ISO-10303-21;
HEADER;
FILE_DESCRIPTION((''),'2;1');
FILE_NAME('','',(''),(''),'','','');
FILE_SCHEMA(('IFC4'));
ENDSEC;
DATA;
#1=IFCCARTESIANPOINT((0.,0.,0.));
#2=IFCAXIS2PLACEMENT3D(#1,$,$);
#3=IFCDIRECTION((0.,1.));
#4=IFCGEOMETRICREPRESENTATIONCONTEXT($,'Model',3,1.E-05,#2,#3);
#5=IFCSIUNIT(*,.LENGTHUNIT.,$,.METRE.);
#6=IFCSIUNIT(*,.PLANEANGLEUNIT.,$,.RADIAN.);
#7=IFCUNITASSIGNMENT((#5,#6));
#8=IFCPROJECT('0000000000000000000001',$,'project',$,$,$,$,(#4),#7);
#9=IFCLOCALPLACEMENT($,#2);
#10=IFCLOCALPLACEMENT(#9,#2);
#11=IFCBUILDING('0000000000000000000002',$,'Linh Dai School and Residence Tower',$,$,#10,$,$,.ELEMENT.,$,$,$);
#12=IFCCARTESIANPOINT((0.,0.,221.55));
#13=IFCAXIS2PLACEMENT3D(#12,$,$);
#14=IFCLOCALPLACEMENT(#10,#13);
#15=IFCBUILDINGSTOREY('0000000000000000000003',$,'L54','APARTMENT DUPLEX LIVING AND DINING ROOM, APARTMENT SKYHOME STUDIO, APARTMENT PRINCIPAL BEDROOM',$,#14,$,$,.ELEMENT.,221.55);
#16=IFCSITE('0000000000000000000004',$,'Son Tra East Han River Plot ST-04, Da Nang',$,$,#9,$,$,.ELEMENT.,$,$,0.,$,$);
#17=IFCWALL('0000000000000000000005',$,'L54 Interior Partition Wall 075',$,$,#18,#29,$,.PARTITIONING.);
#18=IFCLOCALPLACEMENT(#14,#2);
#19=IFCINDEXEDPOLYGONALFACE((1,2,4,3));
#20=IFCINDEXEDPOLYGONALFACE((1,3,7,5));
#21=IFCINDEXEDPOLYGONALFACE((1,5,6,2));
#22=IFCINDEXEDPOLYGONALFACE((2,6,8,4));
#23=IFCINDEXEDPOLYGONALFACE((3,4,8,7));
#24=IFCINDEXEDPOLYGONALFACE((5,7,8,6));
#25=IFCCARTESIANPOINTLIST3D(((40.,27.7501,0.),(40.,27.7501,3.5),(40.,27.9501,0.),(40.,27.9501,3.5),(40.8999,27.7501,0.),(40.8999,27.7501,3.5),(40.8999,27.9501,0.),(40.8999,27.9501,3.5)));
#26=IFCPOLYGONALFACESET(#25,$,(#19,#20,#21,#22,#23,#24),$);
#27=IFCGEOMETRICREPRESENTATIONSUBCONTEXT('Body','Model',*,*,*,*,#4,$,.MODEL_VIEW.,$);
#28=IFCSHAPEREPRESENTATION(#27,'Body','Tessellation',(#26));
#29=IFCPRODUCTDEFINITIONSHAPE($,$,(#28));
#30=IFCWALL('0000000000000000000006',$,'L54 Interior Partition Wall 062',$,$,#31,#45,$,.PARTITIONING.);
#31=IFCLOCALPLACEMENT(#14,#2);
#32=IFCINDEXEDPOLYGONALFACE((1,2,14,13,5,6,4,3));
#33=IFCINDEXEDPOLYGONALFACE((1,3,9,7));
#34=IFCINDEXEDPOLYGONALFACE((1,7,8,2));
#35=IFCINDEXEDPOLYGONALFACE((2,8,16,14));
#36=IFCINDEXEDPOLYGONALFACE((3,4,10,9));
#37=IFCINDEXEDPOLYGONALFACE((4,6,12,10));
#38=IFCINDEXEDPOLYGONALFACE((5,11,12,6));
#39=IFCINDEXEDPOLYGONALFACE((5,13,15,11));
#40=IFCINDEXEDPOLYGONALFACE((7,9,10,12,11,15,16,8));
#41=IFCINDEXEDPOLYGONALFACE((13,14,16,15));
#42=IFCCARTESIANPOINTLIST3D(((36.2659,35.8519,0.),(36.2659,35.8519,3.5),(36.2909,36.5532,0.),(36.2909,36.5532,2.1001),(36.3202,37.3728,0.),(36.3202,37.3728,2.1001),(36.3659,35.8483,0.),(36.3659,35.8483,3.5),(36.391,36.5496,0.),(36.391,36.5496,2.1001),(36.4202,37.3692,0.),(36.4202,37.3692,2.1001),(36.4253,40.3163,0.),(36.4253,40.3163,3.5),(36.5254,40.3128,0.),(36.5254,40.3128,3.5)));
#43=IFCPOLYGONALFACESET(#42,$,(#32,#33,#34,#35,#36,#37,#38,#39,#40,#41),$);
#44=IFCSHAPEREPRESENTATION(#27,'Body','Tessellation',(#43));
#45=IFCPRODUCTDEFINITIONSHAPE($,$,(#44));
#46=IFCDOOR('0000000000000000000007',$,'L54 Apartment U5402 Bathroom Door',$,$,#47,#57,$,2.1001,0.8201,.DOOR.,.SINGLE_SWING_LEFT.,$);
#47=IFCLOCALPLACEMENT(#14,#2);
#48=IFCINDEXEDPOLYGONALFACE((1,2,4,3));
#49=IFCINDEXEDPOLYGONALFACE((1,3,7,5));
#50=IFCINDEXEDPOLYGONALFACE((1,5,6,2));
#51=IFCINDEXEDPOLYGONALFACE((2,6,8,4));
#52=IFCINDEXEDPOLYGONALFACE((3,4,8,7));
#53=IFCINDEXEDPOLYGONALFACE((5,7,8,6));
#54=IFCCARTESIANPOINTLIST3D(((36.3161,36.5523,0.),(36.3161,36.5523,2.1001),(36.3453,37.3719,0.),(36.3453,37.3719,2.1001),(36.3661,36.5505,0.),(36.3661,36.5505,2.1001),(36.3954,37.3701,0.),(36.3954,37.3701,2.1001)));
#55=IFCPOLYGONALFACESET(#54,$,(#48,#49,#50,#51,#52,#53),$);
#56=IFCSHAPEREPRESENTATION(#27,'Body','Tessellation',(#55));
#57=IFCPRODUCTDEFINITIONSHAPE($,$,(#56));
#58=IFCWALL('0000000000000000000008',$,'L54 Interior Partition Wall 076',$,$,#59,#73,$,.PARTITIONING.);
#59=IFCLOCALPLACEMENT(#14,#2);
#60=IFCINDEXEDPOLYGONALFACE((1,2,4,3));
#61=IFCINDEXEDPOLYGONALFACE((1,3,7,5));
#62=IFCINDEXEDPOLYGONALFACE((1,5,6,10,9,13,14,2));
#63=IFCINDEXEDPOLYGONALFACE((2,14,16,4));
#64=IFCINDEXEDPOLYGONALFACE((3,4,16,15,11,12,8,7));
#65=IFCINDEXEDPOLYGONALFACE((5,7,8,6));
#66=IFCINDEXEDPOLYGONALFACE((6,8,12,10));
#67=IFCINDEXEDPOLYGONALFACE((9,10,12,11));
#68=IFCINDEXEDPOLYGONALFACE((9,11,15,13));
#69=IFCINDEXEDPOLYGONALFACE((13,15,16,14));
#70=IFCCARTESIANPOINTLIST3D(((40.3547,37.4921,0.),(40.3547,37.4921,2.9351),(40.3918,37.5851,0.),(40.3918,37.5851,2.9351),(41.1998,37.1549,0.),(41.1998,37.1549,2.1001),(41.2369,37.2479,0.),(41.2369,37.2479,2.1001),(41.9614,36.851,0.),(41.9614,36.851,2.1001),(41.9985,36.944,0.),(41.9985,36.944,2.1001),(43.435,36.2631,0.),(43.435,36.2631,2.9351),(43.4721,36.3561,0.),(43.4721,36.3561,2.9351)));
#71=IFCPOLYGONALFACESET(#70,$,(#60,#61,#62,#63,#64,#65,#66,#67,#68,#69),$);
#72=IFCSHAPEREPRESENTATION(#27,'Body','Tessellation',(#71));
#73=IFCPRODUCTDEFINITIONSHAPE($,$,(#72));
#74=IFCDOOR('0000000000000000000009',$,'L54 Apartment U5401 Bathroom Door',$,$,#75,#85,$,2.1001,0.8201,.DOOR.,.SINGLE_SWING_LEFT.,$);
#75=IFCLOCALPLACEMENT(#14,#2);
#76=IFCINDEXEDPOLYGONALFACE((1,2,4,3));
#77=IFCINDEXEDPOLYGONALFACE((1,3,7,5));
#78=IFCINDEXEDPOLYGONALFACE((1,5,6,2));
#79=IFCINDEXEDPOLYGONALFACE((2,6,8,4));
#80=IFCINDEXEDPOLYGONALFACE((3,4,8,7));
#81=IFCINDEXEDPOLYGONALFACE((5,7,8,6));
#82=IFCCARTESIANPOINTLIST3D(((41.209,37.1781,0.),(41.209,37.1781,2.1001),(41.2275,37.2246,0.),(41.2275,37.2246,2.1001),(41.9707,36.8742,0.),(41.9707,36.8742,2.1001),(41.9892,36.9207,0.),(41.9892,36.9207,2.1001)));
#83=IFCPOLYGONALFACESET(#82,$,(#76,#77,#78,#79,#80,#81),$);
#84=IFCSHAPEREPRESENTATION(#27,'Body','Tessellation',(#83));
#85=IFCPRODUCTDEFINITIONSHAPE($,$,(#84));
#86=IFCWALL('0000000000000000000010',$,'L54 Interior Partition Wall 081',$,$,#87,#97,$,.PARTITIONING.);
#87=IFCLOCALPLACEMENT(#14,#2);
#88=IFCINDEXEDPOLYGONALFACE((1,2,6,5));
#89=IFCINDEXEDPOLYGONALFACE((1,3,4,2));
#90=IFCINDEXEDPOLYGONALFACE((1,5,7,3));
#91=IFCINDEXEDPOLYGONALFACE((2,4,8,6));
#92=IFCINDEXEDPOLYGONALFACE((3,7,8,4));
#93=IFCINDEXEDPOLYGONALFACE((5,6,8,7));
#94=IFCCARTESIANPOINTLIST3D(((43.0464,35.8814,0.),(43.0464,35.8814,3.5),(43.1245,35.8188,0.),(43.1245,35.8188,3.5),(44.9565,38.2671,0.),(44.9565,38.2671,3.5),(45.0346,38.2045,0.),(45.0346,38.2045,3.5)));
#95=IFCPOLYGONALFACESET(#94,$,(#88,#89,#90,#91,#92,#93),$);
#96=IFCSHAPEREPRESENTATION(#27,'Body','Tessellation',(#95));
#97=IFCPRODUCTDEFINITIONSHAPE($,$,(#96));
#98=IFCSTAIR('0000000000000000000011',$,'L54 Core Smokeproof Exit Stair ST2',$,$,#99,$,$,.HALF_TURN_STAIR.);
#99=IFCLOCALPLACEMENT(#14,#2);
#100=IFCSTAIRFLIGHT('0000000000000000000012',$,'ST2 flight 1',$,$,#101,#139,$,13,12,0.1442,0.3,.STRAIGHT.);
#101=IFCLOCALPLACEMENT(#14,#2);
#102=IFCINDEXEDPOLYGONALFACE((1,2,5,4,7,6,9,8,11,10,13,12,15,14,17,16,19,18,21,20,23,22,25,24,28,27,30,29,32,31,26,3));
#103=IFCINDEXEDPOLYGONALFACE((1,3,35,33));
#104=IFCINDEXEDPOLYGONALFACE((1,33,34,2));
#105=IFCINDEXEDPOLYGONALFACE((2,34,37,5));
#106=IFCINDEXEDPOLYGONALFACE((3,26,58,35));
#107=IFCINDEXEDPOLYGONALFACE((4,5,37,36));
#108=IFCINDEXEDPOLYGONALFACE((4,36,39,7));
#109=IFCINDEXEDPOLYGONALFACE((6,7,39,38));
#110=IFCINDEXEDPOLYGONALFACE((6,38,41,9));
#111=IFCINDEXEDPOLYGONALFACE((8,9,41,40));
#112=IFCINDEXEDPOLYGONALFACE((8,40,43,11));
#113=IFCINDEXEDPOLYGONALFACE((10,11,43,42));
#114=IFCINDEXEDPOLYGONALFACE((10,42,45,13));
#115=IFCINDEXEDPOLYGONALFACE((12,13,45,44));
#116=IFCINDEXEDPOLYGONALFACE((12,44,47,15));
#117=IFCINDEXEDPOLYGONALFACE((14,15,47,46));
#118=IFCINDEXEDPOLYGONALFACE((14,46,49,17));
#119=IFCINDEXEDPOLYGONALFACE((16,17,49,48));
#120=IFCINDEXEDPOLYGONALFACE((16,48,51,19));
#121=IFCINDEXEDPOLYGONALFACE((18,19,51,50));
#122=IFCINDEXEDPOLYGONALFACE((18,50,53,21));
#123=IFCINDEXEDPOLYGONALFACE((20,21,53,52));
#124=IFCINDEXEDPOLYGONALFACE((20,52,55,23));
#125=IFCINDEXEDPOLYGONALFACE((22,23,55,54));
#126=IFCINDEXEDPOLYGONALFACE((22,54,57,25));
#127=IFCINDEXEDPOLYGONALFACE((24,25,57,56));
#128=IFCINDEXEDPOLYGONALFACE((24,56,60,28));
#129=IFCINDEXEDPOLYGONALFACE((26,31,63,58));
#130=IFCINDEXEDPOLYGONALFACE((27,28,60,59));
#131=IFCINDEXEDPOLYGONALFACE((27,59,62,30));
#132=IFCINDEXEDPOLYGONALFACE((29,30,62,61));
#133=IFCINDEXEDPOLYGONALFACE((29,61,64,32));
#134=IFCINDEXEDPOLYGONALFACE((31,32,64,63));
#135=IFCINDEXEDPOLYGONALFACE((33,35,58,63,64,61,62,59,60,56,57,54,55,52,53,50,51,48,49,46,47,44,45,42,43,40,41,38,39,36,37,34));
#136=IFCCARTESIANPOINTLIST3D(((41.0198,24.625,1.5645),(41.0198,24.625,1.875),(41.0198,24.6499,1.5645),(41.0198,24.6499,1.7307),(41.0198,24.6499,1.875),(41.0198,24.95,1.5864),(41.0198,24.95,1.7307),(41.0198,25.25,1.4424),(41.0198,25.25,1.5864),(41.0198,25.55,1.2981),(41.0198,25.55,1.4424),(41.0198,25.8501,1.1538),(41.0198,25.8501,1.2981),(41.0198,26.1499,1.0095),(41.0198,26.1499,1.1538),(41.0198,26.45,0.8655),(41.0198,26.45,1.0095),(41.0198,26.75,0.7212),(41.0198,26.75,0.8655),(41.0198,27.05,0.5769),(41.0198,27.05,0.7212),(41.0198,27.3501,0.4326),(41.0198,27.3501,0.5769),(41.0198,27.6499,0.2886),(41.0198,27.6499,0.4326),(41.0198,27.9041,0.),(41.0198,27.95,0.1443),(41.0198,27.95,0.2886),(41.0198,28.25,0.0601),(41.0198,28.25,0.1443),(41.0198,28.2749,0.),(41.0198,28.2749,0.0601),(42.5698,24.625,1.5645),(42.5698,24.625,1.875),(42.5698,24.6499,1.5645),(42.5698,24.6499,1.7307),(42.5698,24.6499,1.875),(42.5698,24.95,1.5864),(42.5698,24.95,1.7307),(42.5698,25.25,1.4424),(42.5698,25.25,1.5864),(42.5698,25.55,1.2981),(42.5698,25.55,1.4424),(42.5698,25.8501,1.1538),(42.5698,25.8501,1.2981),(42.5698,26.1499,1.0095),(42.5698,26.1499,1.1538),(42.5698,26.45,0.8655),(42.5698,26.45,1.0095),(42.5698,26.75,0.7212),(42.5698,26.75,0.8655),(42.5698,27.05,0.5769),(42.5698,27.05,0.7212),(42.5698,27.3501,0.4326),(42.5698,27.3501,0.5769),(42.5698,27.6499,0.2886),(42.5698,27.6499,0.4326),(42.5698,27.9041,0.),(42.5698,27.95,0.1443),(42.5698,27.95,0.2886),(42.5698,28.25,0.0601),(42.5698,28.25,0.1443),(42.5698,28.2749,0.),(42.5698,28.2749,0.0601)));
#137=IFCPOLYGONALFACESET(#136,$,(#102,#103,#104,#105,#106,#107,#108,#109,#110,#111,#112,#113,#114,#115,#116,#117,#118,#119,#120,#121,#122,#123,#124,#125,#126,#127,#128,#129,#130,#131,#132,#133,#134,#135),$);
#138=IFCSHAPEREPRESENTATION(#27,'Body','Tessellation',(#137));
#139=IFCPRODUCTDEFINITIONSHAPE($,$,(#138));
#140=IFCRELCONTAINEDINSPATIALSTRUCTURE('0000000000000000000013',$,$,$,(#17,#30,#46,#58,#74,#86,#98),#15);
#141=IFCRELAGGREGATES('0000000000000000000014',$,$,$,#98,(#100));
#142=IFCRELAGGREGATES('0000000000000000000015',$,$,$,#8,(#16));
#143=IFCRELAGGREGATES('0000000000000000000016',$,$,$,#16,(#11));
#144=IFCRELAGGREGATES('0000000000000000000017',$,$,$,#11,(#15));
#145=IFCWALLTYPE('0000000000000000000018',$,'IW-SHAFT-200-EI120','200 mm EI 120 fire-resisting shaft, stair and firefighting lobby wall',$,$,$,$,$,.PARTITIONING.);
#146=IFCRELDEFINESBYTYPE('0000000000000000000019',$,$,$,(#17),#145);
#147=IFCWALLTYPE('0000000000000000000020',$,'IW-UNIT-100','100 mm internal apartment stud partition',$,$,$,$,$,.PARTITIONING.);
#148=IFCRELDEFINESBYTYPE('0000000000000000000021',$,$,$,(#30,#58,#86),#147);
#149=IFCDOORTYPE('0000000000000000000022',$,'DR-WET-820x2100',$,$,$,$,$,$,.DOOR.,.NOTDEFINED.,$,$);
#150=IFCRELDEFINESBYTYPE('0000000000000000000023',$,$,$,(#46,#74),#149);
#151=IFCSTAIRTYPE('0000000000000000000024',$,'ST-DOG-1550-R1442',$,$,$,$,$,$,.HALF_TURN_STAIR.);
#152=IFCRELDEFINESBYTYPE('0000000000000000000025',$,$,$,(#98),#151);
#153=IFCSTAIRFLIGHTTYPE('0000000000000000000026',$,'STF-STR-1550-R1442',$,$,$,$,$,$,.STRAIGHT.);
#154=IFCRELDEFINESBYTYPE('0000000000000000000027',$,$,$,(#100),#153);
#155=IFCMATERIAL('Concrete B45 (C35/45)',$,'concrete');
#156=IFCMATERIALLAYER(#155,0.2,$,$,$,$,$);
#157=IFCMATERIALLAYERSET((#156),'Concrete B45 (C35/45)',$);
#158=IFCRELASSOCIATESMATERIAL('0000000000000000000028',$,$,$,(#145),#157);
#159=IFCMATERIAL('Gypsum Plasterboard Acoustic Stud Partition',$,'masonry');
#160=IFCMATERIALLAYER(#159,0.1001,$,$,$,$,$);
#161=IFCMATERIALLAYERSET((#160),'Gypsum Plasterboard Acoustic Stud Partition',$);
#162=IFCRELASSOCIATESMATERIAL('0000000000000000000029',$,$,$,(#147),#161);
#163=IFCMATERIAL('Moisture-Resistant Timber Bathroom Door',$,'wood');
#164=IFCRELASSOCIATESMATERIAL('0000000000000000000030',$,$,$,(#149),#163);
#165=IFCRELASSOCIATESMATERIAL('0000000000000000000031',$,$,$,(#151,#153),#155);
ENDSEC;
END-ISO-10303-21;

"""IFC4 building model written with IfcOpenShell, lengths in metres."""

from ifc_helpers import new_model, si_unit, direction, frame, frame_2d, origin, origin_2d, place, context, subcontext, project, spatial, polyline, rectangle, outline, extrude, source, transform, mapped, material, layer, layer_set, type_object, element, fill, aggregate, save


model = new_model("IFC4")

# Units and contexts
model_context = context("Model", 3, precision=1e-05, world=origin(), true_north=direction((0.0, 1.0)))
body_context = subcontext(model_context, "Body", "Model", "MODEL_VIEW")
ifc_project = project(units=[si_unit("LENGTHUNIT", "METRE"), si_unit("PLANEANGLEUNIT", "RADIAN")], contexts=[model_context])

# Site, building, storey
site_placement = place(None, origin())
site = spatial("IfcSite", under=ifc_project, at=site_placement, Name="Son Tra East Han River Plot ST-04, Da Nang", CompositionType="ELEMENT", RefElevation=0.0)
building_placement = place(site_placement, origin())
building = spatial("IfcBuilding", under=site, at=building_placement, Name="Linh Dai School and Residence Tower", CompositionType="ELEMENT")
storey_placement = place(building_placement, frame((0.0, 0.0, 221.55)))
storey = spatial("IfcBuildingStorey", under=building, at=storey_placement, Name="L54", Description="APARTMENT DUPLEX LIVING AND DINING ROOM, APARTMENT SKYHOME STUDIO, APARTMENT PRINCIPAL BEDROOM", CompositionType="ELEMENT", Elevation=221.55)

# Shared definitions
ifc_material_1 = material(Name="Concrete B45 (C35/45)", Category="concrete")
ifc_layer_1 = layer(ifc_material_1, 0.2)
ifc_layer_set_1 = layer_set([ifc_layer_1], Name="Concrete B45 (C35/45)")
wall_type_1 = type_object("IfcWallType", Name="IW-SHAFT-200-EI120", Description="200 mm EI 120 fire-resisting shaft, stair and firefighting lobby wall", PredefinedType="PARTITIONING", material=ifc_layer_set_1)

# Wall
wall_1_placement = place(storey_placement, frame((40.0, 27.8501, 0.0), z_axis=(0.0, 0.0, 1.0), x_axis=(1.0, 0.0, 0.0)))
element("IfcWall", 1, at=wall_1_placement, inside=storey, type_object=wall_type_1, Name="L54 Interior Partition Wall 075", PredefinedType="PARTITIONING", context=body_context, shape_type="SweptSolid", body=[
    extrude(rectangle(XDim=0.8999, YDim=0.2, at=frame_2d((0.45, 0.0))), origin(), (0.0, 0.0, 1.0), 3.5),
])

# Walls, openings, doors
ifc_material_2 = material(Name="Gypsum Plasterboard Acoustic Stud Partition", Category="masonry")
ifc_layer_2 = layer(ifc_material_2, 0.1001)
ifc_layer_set_2 = layer_set([ifc_layer_2], Name="Gypsum Plasterboard Acoustic Stud Partition")
wall_type_2 = type_object("IfcWallType", Name="IW-UNIT-100", Description="100 mm internal apartment stud partition", PredefinedType="PARTITIONING", material=ifc_layer_set_2)
wall_2_placement = place(storey_placement, frame((36.3159, 35.8501, 0.0), z_axis=(0.0, 0.0, 1.0), x_axis=(0.035688, 0.999363, 0.0)))
wall_2 = element("IfcWall", 2, at=wall_2_placement, inside=storey, type_object=wall_type_2, Name="L54 Interior Partition Wall 062", PredefinedType="PARTITIONING", context=body_context, shape_type="SweptSolid", body=[
    extrude(rectangle(XDim=4.4673, YDim=0.1001, at=frame_2d((2.2336, 0.0))), origin(), (0.0, 0.0, 1.0), 3.5),
])
opening_1_placement = place(wall_2_placement, frame((0.7017, 0.0, 0.0)))
opening_1 = element("IfcOpeningElement", 3, at=opening_1_placement, cuts=wall_2, PredefinedType="OPENING", context=body_context, shape_type="SweptSolid", body=[
    extrude(rectangle(XDim=0.8201, YDim=2.1001, at=origin_2d()), frame((0.4102, 0.0601, 1.05), z_axis=(0.0, -1.0, 0.0), x_axis=(1.0, 0.0, 0.0)), (0.0, 0.0, 1.0), 0.1201),
])
ifc_material_3 = material(Name="Moisture-Resistant Timber Bathroom Door", Category="wood")
door_type_1 = type_object("IfcDoorType", Name="DR-WET-820x2100", OperationType="NOTDEFINED", PredefinedType="DOOR", material=ifc_material_3)
shared_shape_1 = source(origin(), body_context, "Body", "SweptSolid", [
    extrude(rectangle(XDim=0.8201, YDim=2.1001, at=origin_2d()), frame((0.4102, 0.0249, 1.05), z_axis=(0.0, -1.0, 0.0), x_axis=(1.0, 0.0, 0.0)), (0.0, 0.0, 1.0), 0.05),
])
door_1_placement = place(opening_1_placement, origin())
door_1 = element("IfcDoor", 4, at=door_1_placement, inside=storey, type_object=door_type_1, Name="L54 Apartment U5402 Bathroom Door", OperationType="SINGLE_SWING_LEFT", OverallHeight=2.1001, OverallWidth=0.8201, PredefinedType="DOOR", context=body_context, shape_type="MappedRepresentation", body=[
    mapped(shared_shape_1, transform((0.0, 0.0, 0.0), x_axis=(1.0, 0.0, 0.0), y_axis=(0.0, 1.0, 0.0), z_axis=(0.0, 0.0, 1.0), scale=1.0)),
])
fill(opening_1, door_1)
wall_3_placement = place(storey_placement, frame((40.3733, 37.5386, 0.0), z_axis=(0.0, 0.0, 1.0), x_axis=(0.928801, -0.370578, 0.0)))
wall_3 = element("IfcWall", 5, at=wall_3_placement, inside=storey, type_object=wall_type_2, Name="L54 Interior Partition Wall 076", PredefinedType="PARTITIONING", context=body_context, shape_type="SweptSolid", body=[
    extrude(rectangle(XDim=3.3164, YDim=0.1001, at=frame_2d((1.6582, 0.0))), origin(), (0.0, 0.0, 1.0), 2.9351),
])
opening_2_placement = place(wall_3_placement, frame((0.9097, 0.0, 0.0)))
opening_2 = element("IfcOpeningElement", 6, at=opening_2_placement, cuts=wall_3, PredefinedType="OPENING", context=body_context, shape_type="SweptSolid", body=[
    extrude(rectangle(XDim=0.8201, YDim=2.1001, at=origin_2d()), frame((0.4102, 0.0601, 1.05), z_axis=(0.0, -1.0, 0.0), x_axis=(1.0, 0.0, 0.0)), (0.0, 0.0, 1.0), 0.1201),
])
door_2_placement = place(opening_2_placement, origin())
door_2 = element("IfcDoor", 7, at=door_2_placement, inside=storey, type_object=door_type_1, Name="L54 Apartment U5401 Bathroom Door", OperationType="SINGLE_SWING_LEFT", OverallHeight=2.1001, OverallWidth=0.8201, PredefinedType="DOOR", context=body_context, shape_type="MappedRepresentation", body=[
    mapped(shared_shape_1, transform((0.0, 0.0, 0.0), x_axis=(1.0, 0.0, 0.0), y_axis=(0.0, 1.0, 0.0), z_axis=(0.0, 0.0, 1.0), scale=1.0)),
])
fill(opening_2, door_2)

# Wall
wall_4_placement = place(storey_placement, frame((43.0854, 35.8501, 0.0), z_axis=(0.0, 0.0, 1.0), x_axis=(0.625007, 0.780619, 0.0)))
element("IfcWall", 8, at=wall_4_placement, inside=storey, type_object=wall_type_2, Name="L54 Interior Partition Wall 081", PredefinedType="PARTITIONING", context=body_context, shape_type="SweptSolid", body=[
    extrude(rectangle(XDim=3.0562, YDim=0.1001, at=frame_2d((1.5281, 0.0))), origin(), (0.0, 0.0, 1.0), 3.5),
])

# Stair, stair flight
stair_type = type_object("IfcStairType", Name="ST-DOG-1550-R1442", PredefinedType="HALF_TURN_STAIR", material=ifc_material_1)
stair_placement = place(storey_placement, origin())
stair = element("IfcStair", 9, at=stair_placement, inside=storey, type_object=stair_type, Name="L54 Core Smokeproof Exit Stair ST2", PredefinedType="HALF_TURN_STAIR")
stair_flight_type = type_object("IfcStairFlightType", Name="STF-STR-1550-R1442", PredefinedType="STRAIGHT", material=ifc_material_1)
shared_shape_2 = source(origin(), body_context, "Body", "SweptSolid", [
    extrude(outline(polyline([(-0.0249, 0.0), (-0.0249, 0.0601), (0.0, 0.0601), (0.0, 0.1443), (0.3, 0.1443), (0.3, 0.2886), (0.6001, 0.2886), (0.6001, 0.4326), (0.8999, 0.4326), (0.8999, 0.5769), (1.2, 0.5769), (1.2, 0.7212), (1.5, 0.7212), (1.5, 0.8655), (1.8, 0.8655), (1.8, 1.0095), (2.1001, 1.0095), (2.1001, 1.1538), (2.3999, 1.1538), (2.3999, 1.2981), (2.7, 1.2981), (2.7, 1.4424), (3.0, 1.4424), (3.0, 1.5864), (3.3, 1.5864), (3.3, 1.7307), (3.6001, 1.7307), (3.6001, 1.875), (3.625, 1.875), (3.625, 1.5645), (3.6001, 1.5645), (0.3459, 0.0), (-0.0249, 0.0)])), frame((0.0, 0.7749, 0.0), z_axis=(0.0, -1.0, 0.0), x_axis=(1.0, 0.0, 0.0)), (0.0, 0.0, 1.0), 1.55),
])
stair_flight_placement = place(storey_placement, frame((41.7949, 28.25, 0.0), z_axis=(0.0, 0.0, 1.0), x_axis=(0.0, -1.0, 0.0)))
stair_flight = element("IfcStairFlight", 10, at=stair_flight_placement, type_object=stair_flight_type, Name="ST2 flight 1", NumberOfRisers=13, NumberOfTreads=12, PredefinedType="STRAIGHT", RiserHeight=0.1442, TreadLength=0.3, context=body_context, shape_type="MappedRepresentation", body=[
    mapped(shared_shape_2, transform((0.0, 0.0, 0.0), x_axis=(1.0, 0.0, 0.0), y_axis=(0.0, 1.0, 0.0), z_axis=(0.0, 0.0, 1.0), scale=1.0)),
])
aggregate(stair, [stair_flight])

save(model, "model.ifc")
